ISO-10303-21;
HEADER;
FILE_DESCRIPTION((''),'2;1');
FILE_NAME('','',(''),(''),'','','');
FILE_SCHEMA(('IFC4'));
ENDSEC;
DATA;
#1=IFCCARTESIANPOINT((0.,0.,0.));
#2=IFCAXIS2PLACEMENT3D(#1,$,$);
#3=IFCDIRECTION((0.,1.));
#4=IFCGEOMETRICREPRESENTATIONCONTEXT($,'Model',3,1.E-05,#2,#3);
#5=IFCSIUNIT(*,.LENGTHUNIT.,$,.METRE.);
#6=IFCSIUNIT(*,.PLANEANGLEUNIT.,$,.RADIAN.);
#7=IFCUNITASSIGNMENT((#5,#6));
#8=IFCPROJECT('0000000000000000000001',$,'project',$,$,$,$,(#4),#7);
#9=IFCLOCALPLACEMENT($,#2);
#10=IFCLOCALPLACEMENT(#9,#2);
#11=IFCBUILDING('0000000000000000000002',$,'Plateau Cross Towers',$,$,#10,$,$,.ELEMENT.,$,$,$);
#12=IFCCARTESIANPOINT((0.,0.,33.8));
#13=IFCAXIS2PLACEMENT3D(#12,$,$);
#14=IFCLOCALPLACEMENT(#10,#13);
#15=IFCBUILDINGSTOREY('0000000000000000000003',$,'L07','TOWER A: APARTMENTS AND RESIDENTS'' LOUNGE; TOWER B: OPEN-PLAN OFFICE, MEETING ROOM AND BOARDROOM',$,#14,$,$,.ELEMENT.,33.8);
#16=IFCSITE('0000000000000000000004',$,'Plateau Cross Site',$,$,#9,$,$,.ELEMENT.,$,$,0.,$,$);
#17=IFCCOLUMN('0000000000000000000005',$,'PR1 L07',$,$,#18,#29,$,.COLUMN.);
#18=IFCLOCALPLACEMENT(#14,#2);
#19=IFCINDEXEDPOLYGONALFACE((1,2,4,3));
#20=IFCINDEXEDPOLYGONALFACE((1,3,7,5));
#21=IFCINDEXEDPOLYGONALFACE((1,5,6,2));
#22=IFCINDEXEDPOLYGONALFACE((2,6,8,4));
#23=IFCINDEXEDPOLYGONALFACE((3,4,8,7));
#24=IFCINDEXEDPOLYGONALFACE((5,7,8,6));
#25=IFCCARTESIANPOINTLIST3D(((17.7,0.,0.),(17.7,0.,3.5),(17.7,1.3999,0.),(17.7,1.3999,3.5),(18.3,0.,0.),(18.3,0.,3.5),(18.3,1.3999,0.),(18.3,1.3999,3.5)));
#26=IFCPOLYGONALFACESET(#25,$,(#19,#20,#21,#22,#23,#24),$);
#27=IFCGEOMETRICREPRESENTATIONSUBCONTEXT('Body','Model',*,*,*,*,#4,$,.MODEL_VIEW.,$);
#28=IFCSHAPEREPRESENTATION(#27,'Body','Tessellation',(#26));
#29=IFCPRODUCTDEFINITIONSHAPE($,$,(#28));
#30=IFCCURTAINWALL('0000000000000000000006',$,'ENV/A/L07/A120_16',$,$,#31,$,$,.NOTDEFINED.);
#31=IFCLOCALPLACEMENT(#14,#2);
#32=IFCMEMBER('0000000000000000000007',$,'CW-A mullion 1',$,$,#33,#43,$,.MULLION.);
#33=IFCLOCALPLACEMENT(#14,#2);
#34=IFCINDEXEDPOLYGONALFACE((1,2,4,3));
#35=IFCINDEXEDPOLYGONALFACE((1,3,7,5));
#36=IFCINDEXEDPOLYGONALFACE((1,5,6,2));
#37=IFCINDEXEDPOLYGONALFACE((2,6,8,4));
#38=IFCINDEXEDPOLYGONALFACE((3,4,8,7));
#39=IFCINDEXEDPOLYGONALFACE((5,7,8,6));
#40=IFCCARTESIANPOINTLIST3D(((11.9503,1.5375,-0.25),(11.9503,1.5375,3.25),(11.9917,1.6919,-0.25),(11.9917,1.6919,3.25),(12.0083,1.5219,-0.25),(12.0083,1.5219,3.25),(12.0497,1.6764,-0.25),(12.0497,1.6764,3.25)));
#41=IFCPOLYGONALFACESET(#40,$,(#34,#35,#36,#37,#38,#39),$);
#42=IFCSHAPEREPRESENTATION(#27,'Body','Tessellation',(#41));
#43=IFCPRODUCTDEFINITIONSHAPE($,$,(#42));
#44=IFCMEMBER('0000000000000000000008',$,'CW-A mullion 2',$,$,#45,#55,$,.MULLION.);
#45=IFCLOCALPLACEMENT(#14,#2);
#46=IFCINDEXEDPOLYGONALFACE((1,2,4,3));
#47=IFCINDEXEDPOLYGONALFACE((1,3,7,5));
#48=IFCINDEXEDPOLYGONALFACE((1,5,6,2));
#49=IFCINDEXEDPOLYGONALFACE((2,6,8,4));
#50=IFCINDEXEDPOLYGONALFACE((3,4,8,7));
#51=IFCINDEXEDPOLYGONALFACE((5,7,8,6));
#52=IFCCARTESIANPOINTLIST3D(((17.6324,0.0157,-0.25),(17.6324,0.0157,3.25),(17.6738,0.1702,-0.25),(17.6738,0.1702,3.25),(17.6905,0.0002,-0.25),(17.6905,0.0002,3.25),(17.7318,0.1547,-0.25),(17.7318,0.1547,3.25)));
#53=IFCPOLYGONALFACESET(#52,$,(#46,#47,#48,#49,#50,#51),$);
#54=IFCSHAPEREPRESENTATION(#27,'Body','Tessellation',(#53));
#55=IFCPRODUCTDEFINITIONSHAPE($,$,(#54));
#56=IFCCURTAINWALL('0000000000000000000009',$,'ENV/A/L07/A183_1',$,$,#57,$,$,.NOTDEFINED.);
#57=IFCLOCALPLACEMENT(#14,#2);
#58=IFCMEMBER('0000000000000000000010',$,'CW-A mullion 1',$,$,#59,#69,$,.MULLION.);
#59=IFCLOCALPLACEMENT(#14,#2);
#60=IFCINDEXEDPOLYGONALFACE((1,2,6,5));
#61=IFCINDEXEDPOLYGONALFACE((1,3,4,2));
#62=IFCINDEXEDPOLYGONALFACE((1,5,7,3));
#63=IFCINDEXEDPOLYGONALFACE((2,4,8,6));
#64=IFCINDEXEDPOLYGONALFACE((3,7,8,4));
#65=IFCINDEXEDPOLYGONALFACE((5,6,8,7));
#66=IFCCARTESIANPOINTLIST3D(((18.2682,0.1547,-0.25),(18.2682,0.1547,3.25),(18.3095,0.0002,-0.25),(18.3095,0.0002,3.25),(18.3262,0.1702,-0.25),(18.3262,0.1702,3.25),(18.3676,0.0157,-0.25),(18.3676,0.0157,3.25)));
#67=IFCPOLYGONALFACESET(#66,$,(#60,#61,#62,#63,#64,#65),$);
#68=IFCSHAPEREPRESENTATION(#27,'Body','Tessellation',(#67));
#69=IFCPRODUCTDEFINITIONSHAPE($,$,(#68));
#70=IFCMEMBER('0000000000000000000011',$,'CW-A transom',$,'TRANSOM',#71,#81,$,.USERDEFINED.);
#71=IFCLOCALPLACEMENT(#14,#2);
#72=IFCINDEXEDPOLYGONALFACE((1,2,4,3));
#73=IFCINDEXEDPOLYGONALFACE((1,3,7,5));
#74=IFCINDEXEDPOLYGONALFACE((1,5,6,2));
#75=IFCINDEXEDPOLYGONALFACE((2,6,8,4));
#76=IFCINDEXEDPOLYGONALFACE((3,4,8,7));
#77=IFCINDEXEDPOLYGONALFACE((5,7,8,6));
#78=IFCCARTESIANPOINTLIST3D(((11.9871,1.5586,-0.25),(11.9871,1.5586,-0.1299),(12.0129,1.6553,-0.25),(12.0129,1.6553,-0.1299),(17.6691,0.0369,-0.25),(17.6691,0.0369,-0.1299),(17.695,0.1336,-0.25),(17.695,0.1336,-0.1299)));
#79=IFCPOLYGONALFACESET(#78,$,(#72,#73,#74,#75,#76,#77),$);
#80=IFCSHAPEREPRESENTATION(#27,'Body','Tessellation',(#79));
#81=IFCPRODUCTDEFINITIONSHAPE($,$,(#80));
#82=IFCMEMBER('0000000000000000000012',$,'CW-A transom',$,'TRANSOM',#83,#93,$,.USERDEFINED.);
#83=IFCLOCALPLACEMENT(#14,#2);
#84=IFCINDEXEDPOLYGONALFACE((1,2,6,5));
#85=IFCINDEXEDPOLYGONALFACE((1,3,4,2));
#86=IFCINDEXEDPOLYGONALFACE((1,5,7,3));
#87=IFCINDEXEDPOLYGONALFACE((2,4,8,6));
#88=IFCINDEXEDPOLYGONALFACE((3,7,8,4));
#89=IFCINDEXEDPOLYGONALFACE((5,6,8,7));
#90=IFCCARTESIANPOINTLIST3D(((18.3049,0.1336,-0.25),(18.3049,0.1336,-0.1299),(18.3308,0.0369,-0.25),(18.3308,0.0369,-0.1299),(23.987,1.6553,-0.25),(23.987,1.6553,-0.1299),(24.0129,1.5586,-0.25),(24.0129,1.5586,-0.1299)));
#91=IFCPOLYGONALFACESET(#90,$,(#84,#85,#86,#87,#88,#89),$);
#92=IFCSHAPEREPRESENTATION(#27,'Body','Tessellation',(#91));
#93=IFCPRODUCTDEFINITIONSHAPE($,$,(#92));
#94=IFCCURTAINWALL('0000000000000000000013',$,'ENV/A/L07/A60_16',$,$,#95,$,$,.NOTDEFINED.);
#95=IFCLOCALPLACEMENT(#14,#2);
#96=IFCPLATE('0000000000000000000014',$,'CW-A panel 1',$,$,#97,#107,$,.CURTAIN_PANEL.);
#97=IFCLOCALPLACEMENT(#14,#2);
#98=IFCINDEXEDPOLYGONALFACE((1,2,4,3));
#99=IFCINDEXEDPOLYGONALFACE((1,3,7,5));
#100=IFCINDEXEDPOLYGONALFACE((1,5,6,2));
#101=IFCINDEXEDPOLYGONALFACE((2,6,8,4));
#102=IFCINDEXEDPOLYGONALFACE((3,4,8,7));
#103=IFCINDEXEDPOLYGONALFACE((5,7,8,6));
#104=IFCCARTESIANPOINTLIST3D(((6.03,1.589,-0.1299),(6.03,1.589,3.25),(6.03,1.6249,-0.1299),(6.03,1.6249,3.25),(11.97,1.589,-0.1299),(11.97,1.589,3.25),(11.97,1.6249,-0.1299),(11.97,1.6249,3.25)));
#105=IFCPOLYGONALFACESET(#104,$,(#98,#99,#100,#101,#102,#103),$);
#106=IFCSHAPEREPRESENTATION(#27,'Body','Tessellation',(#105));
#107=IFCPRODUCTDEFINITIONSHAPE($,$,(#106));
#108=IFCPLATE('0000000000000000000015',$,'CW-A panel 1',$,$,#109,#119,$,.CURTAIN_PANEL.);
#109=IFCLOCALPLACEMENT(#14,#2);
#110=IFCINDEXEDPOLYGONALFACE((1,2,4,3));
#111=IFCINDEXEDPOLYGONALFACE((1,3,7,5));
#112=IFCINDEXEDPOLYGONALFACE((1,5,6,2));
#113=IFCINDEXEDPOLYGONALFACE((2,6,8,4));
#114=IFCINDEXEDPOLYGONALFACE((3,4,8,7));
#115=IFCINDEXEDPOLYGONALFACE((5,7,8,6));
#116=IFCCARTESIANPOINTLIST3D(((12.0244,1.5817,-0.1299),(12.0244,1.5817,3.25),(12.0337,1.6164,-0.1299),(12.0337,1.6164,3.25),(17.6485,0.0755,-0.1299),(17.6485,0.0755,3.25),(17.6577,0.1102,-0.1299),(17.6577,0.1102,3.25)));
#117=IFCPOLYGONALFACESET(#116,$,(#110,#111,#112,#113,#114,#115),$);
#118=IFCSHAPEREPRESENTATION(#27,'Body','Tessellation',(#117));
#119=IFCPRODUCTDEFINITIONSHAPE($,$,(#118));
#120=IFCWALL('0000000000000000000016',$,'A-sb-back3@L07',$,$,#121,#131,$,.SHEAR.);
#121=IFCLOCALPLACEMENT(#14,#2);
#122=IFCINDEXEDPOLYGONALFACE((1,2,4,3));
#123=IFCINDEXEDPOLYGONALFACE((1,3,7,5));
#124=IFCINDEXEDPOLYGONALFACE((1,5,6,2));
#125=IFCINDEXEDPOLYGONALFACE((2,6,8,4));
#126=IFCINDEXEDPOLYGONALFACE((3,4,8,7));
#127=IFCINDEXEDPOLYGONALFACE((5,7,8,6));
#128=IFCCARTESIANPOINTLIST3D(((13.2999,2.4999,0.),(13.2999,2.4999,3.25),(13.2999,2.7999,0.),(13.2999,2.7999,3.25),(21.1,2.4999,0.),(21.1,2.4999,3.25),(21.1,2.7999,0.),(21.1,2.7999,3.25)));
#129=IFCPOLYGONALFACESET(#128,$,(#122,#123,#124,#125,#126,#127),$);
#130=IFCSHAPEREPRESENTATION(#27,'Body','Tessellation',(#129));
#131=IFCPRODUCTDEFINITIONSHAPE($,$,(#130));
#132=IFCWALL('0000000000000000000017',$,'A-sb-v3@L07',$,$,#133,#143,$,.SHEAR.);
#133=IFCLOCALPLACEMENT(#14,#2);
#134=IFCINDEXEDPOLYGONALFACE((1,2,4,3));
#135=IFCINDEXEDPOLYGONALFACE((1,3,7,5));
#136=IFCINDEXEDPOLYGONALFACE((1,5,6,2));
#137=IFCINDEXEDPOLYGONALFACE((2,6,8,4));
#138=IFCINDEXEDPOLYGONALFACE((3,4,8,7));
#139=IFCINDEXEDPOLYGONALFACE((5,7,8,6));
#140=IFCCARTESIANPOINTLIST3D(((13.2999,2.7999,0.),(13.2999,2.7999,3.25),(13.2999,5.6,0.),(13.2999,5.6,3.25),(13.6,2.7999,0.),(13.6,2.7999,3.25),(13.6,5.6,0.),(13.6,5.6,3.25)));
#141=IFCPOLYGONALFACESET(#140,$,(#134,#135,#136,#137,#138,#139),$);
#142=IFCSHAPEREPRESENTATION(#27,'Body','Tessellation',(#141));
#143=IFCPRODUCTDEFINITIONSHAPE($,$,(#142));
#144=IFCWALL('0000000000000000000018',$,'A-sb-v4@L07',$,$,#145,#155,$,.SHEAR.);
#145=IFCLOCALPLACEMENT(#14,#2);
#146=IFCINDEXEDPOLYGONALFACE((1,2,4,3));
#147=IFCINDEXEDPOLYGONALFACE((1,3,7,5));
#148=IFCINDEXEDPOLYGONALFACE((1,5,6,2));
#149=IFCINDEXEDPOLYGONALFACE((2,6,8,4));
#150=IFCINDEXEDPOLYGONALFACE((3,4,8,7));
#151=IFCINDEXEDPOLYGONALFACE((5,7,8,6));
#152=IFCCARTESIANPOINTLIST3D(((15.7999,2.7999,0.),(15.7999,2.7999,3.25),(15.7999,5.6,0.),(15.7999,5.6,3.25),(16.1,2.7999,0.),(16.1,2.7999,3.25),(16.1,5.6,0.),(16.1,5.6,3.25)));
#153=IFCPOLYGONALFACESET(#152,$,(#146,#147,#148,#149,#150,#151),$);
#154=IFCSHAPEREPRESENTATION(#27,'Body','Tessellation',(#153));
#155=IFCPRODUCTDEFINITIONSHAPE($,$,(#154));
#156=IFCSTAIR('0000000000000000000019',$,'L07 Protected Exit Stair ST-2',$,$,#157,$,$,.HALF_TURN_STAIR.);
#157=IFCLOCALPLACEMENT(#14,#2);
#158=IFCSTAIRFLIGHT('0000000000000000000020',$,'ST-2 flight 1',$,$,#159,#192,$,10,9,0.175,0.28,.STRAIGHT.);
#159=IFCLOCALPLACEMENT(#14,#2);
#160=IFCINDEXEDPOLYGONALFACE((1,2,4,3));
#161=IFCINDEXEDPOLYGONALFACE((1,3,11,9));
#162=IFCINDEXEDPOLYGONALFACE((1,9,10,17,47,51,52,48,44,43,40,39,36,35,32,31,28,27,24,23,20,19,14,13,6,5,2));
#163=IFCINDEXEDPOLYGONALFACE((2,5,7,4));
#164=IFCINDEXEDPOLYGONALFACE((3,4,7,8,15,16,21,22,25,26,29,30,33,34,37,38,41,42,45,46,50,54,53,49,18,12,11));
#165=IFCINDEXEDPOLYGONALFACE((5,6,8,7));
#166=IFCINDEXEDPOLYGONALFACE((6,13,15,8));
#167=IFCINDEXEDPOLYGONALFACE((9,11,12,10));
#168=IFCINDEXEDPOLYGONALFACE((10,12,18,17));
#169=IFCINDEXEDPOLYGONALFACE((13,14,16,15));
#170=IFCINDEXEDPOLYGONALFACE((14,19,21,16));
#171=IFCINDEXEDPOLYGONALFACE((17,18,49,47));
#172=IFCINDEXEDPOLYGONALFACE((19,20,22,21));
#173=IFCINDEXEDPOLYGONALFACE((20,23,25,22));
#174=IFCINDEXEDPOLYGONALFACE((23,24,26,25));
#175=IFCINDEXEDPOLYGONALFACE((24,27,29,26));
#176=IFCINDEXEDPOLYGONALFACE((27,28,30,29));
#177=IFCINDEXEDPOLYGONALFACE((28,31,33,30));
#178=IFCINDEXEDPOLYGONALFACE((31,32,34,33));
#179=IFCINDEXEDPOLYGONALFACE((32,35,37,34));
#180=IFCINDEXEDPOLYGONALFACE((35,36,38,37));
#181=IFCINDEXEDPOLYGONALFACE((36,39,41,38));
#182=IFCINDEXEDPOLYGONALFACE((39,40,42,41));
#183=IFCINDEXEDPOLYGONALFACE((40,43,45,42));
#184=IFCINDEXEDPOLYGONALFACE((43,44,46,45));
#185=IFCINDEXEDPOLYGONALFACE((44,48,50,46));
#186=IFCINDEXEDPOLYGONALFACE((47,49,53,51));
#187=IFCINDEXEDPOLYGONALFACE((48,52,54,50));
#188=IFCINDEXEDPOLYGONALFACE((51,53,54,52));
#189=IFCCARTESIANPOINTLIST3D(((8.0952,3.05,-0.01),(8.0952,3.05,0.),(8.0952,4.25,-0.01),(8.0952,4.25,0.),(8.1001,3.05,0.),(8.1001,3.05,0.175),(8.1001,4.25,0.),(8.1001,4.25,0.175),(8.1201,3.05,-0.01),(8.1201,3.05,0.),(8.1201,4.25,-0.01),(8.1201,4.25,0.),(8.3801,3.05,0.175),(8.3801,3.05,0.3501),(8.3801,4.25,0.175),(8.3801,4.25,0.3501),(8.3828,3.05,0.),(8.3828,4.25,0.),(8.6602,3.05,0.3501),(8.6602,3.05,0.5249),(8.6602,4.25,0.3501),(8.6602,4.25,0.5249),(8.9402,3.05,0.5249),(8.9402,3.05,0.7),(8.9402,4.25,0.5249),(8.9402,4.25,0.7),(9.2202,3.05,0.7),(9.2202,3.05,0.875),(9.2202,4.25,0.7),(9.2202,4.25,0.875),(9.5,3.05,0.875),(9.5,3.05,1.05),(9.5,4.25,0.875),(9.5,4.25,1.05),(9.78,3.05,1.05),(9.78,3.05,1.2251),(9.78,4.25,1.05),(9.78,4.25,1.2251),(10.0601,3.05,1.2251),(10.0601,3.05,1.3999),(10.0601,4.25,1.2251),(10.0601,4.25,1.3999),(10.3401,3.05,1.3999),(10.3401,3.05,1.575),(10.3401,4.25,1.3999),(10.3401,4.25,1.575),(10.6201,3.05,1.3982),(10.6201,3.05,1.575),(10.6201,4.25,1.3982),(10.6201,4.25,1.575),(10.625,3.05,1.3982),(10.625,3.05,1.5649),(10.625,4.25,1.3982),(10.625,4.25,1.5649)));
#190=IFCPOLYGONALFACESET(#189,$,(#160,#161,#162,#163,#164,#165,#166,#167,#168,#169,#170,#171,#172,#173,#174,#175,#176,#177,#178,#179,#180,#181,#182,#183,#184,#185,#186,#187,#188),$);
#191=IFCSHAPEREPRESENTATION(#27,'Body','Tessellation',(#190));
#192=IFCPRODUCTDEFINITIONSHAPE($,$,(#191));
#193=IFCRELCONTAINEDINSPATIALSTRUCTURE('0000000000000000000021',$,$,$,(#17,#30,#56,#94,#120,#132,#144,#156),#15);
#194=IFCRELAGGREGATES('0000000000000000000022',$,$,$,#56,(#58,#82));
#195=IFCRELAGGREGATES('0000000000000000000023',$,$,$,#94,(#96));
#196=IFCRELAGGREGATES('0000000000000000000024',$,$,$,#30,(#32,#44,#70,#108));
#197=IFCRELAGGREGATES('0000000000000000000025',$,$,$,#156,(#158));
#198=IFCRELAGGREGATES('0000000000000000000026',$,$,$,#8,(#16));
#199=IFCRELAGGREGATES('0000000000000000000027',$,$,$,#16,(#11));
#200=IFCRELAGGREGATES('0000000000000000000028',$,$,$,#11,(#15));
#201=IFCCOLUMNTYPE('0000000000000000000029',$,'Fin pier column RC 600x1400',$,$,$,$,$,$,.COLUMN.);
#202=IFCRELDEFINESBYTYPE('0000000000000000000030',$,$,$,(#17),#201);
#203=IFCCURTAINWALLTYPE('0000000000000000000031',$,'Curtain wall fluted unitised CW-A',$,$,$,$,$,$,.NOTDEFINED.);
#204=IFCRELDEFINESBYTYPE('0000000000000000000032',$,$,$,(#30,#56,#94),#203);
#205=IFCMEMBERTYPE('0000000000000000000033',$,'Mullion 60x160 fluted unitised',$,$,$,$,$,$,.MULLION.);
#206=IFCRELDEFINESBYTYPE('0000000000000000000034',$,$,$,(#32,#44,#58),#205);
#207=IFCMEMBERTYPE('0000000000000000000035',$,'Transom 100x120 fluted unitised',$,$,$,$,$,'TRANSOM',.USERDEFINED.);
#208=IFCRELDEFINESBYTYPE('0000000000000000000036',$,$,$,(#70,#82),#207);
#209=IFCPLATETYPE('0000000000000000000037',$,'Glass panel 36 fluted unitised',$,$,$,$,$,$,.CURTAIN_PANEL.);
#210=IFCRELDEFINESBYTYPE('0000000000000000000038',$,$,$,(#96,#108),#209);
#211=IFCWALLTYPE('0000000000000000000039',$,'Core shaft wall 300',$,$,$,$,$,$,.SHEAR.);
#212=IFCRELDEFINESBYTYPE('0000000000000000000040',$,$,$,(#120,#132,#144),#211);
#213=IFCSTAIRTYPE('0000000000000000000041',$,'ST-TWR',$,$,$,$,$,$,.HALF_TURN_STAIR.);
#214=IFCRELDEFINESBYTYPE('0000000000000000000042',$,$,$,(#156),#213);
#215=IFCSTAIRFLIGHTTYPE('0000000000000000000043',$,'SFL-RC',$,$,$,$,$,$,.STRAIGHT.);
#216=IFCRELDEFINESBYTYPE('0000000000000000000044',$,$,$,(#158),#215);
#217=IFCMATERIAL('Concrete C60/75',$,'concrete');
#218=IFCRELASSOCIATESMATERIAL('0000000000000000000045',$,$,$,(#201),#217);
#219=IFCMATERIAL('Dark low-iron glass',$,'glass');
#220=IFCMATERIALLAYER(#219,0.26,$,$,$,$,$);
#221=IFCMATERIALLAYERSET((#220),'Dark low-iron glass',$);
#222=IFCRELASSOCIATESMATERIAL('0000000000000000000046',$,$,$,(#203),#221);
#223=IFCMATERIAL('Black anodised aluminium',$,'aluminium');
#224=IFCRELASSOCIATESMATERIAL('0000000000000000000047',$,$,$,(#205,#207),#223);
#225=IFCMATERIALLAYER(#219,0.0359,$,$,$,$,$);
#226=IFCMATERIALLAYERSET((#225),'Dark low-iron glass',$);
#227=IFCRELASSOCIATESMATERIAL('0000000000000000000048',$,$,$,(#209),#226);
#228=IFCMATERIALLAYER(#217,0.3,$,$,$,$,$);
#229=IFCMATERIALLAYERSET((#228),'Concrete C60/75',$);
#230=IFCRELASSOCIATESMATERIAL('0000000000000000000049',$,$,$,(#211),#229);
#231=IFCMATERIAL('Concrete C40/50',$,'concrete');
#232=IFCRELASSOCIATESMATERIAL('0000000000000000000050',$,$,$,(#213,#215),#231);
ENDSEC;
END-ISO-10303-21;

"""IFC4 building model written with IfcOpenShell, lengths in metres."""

from ifc_helpers import new_model, si_unit, direction, frame, frame_2d, origin, origin_2d, place, context, subcontext, project, spatial, polyline, rectangle, outline, extrude, material, layer, layer_set, material_profile, profile_set, type_object, element, aggregate, save


model = new_model("IFC4")

# Units and contexts
model_context = context("Model", 3, precision=1e-05, world=origin(), true_north=direction((0.0, 1.0)))
body_context = subcontext(model_context, "Body", "Model", "MODEL_VIEW")
ifc_project = project(units=[si_unit("LENGTHUNIT", "METRE"), si_unit("PLANEANGLEUNIT", "RADIAN")], contexts=[model_context])

# Site, building, storey
site_placement = place(None, origin())
site = spatial("IfcSite", under=ifc_project, at=site_placement, Name="Plateau Cross Site", CompositionType="ELEMENT", RefElevation=0.0)
building_placement = place(site_placement, origin())
building = spatial("IfcBuilding", under=site, at=building_placement, Name="Plateau Cross Towers", CompositionType="ELEMENT")
storey_placement = place(building_placement, frame((0.0, 0.0, 33.8)))
storey = spatial("IfcBuildingStorey", under=building, at=storey_placement, Name="L07", Description="TOWER A: APARTMENTS AND RESIDENTS' LOUNGE; TOWER B: OPEN-PLAN OFFICE, MEETING ROOM AND BOARDROOM", CompositionType="ELEMENT", Elevation=33.8)

# Column
ifc_material_1 = material(Name="Concrete C60/75", Category="concrete")
ifc_material_profile_1 = material_profile(ifc_material_1, rectangle(XDim=0.6001, YDim=1.3999, at=origin_2d()), Name="RC 600x1400")
ifc_profile_set_1 = profile_set([ifc_material_profile_1], Name="Concrete C60/75")
column_type = type_object("IfcColumnType", Name="Fin pier column RC 600x1400", PredefinedType="COLUMN", material=ifc_profile_set_1)
column_placement = place(storey_placement, frame((18.0, 0.7, 0.0), z_axis=(0.0, 0.0, 1.0), x_axis=(1.0, 0.0, 0.0)))
element("IfcColumn", 1, at=column_placement, inside=storey, type_object=column_type, Name="PR1 L07", PredefinedType="COLUMN", context=body_context, shape_type="SweptSolid", body=[
    extrude(rectangle(XDim=0.6001, YDim=1.3999, at=origin_2d()), origin(), (0.0, 0.0, 1.0), 3.5),
])

# Curtain wall, members
ifc_material_2 = material(Name="Dark low-iron glass", Category="glass")
ifc_layer_1 = layer(ifc_material_2, 0.26)
ifc_layer_set_1 = layer_set([ifc_layer_1], Name="Dark low-iron glass")
curtain_wall_type = type_object("IfcCurtainWallType", Name="Curtain wall fluted unitised CW-A", PredefinedType="NOTDEFINED", material=ifc_layer_set_1)
curtain_wall_1_placement = place(storey_placement, origin())
curtain_wall_1 = element("IfcCurtainWall", 2, at=curtain_wall_1_placement, inside=storey, type_object=curtain_wall_type, Name="ENV/A/L07/A120_16", PredefinedType="NOTDEFINED")
ifc_material_3 = material(Name="Black anodised aluminium", Category="aluminium")
ifc_material_profile_2 = material_profile(ifc_material_3, rectangle(XDim=0.0601, YDim=0.1599, at=origin_2d()), Name="MULLION 60x160")
ifc_profile_set_2 = profile_set([ifc_material_profile_2], Name="Black anodised aluminium")
member_type_1 = type_object("IfcMemberType", Name="Mullion 60x160 fluted unitised", PredefinedType="MULLION", material=ifc_profile_set_2)
member_1_placement = place(storey_placement, frame((12.0, 1.6069, -0.25), z_axis=(0.0, 0.0, 1.0), x_axis=(0.965958, -0.258699, 0.0)))
member_1 = element("IfcMember", 3, at=member_1_placement, type_object=member_type_1, Name="CW-A mullion 1", PredefinedType="MULLION", context=body_context, shape_type="SweptSolid", body=[
    extrude(rectangle(XDim=0.0601, YDim=0.1599, at=origin_2d()), origin(), (0.0, 0.0, 1.0), 3.5),
])
member_2_placement = place(storey_placement, frame((17.6821, 0.0852, -0.25), z_axis=(0.0, 0.0, 1.0), x_axis=(0.965958, -0.258699, 0.0)))
member_2 = element("IfcMember", 4, at=member_2_placement, type_object=member_type_1, Name="CW-A mullion 2", PredefinedType="MULLION", context=body_context, shape_type="SweptSolid", body=[
    extrude(rectangle(XDim=0.0601, YDim=0.1599, at=origin_2d()), origin(), (0.0, 0.0, 1.0), 3.5),
])

# Curtain wall, member
curtain_wall_2_placement = place(storey_placement, origin())
curtain_wall_2 = element("IfcCurtainWall", 5, at=curtain_wall_2_placement, inside=storey, type_object=curtain_wall_type, Name="ENV/A/L07/A183_1", PredefinedType="NOTDEFINED")
member_3_placement = place(storey_placement, frame((18.3179, 0.0852, -0.25), z_axis=(0.0, 0.0, 1.0), x_axis=(0.965958, 0.258699, 0.0)))
member_3 = element("IfcMember", 6, at=member_3_placement, type_object=member_type_1, Name="CW-A mullion 1", PredefinedType="MULLION", context=body_context, shape_type="SweptSolid", body=[
    extrude(rectangle(XDim=0.0601, YDim=0.1599, at=origin_2d()), origin(), (0.0, 0.0, 1.0), 3.5),
])

# Members
ifc_material_profile_3 = material_profile(ifc_material_3, rectangle(XDim=0.1001, YDim=0.1201, at=origin_2d()), Name="TRANSOM 100x120")
ifc_profile_set_3 = profile_set([ifc_material_profile_3], Name="Black anodised aluminium")
member_type_2 = type_object("IfcMemberType", Name="Transom 100x120 fluted unitised", ElementType="TRANSOM", PredefinedType="USERDEFINED", material=ifc_profile_set_3)
member_4_placement = place(storey_placement, frame((12.0, 1.6069, -0.1899), z_axis=(0.96596, -0.258693, 0.0), x_axis=(0.258693, 0.96596, 0.0)))
member_4 = element("IfcMember", 7, at=member_4_placement, type_object=member_type_2, Name="CW-A transom", ObjectType="TRANSOM", PredefinedType="USERDEFINED", context=body_context, shape_type="SweptSolid", body=[
    extrude(rectangle(XDim=0.1001, YDim=0.1201, at=origin_2d()), origin(), (0.0, 0.0, 1.0), 5.8823),
])
member_5_placement = place(storey_placement, frame((18.3179, 0.0852, -0.1899), z_axis=(0.96596, 0.258693, 0.0), x_axis=(-0.258693, 0.96596, 0.0)))
member_5 = element("IfcMember", 8, at=member_5_placement, type_object=member_type_2, Name="CW-A transom", ObjectType="TRANSOM", PredefinedType="USERDEFINED", context=body_context, shape_type="SweptSolid", body=[
    extrude(rectangle(XDim=0.1001, YDim=0.1201, at=origin_2d()), origin(), (0.0, 0.0, 1.0), 5.8823),
])
aggregate(curtain_wall_2, [member_3, member_5])

# Curtain wall, plate
curtain_wall_3_placement = place(storey_placement, origin())
curtain_wall_3 = element("IfcCurtainWall", 9, at=curtain_wall_3_placement, inside=storey, type_object=curtain_wall_type, Name="ENV/A/L07/A60_16", PredefinedType="NOTDEFINED")
ifc_layer_2 = layer(ifc_material_2, 0.0359)
ifc_layer_set_2 = layer_set([ifc_layer_2], Name="Dark low-iron glass")
plate_type = type_object("IfcPlateType", Name="Glass panel 36 fluted unitised", PredefinedType="CURTAIN_PANEL", material=ifc_layer_set_2)
plate_1_placement = place(storey_placement, frame((9.0, 1.6069, -0.1299), z_axis=(0.0, 0.0, 1.0), x_axis=(1.0, 0.0, 0.0)))
plate_1 = element("IfcPlate", 10, at=plate_1_placement, type_object=plate_type, Name="CW-A panel 1", PredefinedType="CURTAIN_PANEL", context=body_context, shape_type="SweptSolid", body=[
    extrude(rectangle(XDim=5.9399, YDim=0.0359, at=origin_2d()), origin(), (0.0, 0.0, 1.0), 3.3799),
])
aggregate(curtain_wall_3, [plate_1])

# Plate
plate_2_placement = place(storey_placement, frame((14.8411, 0.8459, -0.1299), z_axis=(0.0, 0.0, 1.0), x_axis=(0.965958, -0.258699, 0.0)))
plate_2 = element("IfcPlate", 11, at=plate_2_placement, type_object=plate_type, Name="CW-A panel 1", PredefinedType="CURTAIN_PANEL", context=body_context, shape_type="SweptSolid", body=[
    extrude(rectangle(XDim=5.8223, YDim=0.0359, at=origin_2d()), origin(), (0.0, 0.0, 1.0), 3.3799),
])
aggregate(curtain_wall_1, [member_1, member_2, member_4, plate_2])

# Walls
ifc_layer_3 = layer(ifc_material_1, 0.3)
ifc_layer_set_3 = layer_set([ifc_layer_3], Name="Concrete C60/75")
wall_type = type_object("IfcWallType", Name="Core shaft wall 300", PredefinedType="SHEAR", material=ifc_layer_set_3)
wall_placement = place(storey_placement, frame((13.3, 2.6499, 0.0), z_axis=(0.0, 0.0, 1.0), x_axis=(1.0, 0.0, 0.0)))
element("IfcWall", 12, at=wall_placement, inside=storey, type_object=wall_type, Name="A-sb-back3@L07", PredefinedType="SHEAR", context=body_context, shape_type="SweptSolid", body=[
    extrude(rectangle(XDim=7.8, YDim=0.3, at=frame_2d((3.8999, 0.0))), origin(), (0.0, 0.0, 1.0), 3.25),
])
for number, where, z_axis, x_axis, name in (
    (13, (13.45, 2.8, 0.0), (0.0, 0.0, 1.0), (0.0, 1.0, 0.0), "A-sb-v3@L07"),
    (14, (15.95, 2.8, 0.0), (0.0, 0.0, 1.0), (0.0, 1.0, 0.0), "A-sb-v4@L07"),
):
    element("IfcWall", number, at=place(storey_placement, frame(where, z_axis=z_axis, x_axis=x_axis)), inside=storey, type_object=wall_type, Name=name, PredefinedType="SHEAR", context=body_context, shape_type="SweptSolid", body=[
        extrude(rectangle(XDim=2.8, YDim=0.3, at=frame_2d((1.3999, 0.0))), origin(), (0.0, 0.0, 1.0), 3.25),
    ])

# Stair, stair flight
ifc_material_4 = material(Name="Concrete C40/50", Category="concrete")
stair_type = type_object("IfcStairType", Name="ST-TWR", PredefinedType="HALF_TURN_STAIR", material=ifc_material_4)
stair_placement = place(storey_placement, origin())
stair = element("IfcStair", 15, at=stair_placement, inside=storey, type_object=stair_type, Name="L07 Protected Exit Stair ST-2", PredefinedType="HALF_TURN_STAIR")
stair_flight_type = type_object("IfcStairFlightType", Name="SFL-RC", PredefinedType="STRAIGHT", material=ifc_material_4)
stair_flight_placement = place(storey_placement, frame((8.1001, 3.6499, 0.0), z_axis=(0.0, 0.0, 1.0), x_axis=(1.0, 0.0, 0.0)))
stair_flight = element("IfcStairFlight", 16, at=stair_flight_placement, type_object=stair_flight_type, Name="ST-2 flight 1", NumberOfRisers=10, NumberOfTreads=9, PredefinedType="STRAIGHT", RiserHeight=0.175, TreadLength=0.28, context=body_context, shape_type="SweptSolid", body=[
    extrude(outline(polyline([(-0.0049, -0.01), (-0.0049, 0.0), (0.0, 0.0), (0.0, 0.175), (0.28, 0.175), (0.28, 0.3501), (0.5601, 0.3501), (0.5601, 0.5249), (0.8401, 0.5249), (0.8401, 0.7), (1.1201, 0.7), (1.1201, 0.875), (1.3999, 0.875), (1.3999, 1.05), (1.6799, 1.05), (1.6799, 1.2251), (1.96, 1.2251), (1.96, 1.3999), (2.24, 1.3999), (2.24, 1.575), (2.52, 1.575), (2.5249, 1.5649), (2.5249, 1.3982), (2.52, 1.3982), (0.2827, 0.0), (0.02, 0.0), (0.02, -0.01), (-0.0049, -0.01)])), frame((0.0, 0.6001, 0.0), z_axis=(0.0, -1.0, 0.0), x_axis=(1.0, 0.0, 0.0)), (0.0, 0.0, 1.0), 1.2),
])
aggregate(stair, [stair_flight])

save(model, "model.ifc")
